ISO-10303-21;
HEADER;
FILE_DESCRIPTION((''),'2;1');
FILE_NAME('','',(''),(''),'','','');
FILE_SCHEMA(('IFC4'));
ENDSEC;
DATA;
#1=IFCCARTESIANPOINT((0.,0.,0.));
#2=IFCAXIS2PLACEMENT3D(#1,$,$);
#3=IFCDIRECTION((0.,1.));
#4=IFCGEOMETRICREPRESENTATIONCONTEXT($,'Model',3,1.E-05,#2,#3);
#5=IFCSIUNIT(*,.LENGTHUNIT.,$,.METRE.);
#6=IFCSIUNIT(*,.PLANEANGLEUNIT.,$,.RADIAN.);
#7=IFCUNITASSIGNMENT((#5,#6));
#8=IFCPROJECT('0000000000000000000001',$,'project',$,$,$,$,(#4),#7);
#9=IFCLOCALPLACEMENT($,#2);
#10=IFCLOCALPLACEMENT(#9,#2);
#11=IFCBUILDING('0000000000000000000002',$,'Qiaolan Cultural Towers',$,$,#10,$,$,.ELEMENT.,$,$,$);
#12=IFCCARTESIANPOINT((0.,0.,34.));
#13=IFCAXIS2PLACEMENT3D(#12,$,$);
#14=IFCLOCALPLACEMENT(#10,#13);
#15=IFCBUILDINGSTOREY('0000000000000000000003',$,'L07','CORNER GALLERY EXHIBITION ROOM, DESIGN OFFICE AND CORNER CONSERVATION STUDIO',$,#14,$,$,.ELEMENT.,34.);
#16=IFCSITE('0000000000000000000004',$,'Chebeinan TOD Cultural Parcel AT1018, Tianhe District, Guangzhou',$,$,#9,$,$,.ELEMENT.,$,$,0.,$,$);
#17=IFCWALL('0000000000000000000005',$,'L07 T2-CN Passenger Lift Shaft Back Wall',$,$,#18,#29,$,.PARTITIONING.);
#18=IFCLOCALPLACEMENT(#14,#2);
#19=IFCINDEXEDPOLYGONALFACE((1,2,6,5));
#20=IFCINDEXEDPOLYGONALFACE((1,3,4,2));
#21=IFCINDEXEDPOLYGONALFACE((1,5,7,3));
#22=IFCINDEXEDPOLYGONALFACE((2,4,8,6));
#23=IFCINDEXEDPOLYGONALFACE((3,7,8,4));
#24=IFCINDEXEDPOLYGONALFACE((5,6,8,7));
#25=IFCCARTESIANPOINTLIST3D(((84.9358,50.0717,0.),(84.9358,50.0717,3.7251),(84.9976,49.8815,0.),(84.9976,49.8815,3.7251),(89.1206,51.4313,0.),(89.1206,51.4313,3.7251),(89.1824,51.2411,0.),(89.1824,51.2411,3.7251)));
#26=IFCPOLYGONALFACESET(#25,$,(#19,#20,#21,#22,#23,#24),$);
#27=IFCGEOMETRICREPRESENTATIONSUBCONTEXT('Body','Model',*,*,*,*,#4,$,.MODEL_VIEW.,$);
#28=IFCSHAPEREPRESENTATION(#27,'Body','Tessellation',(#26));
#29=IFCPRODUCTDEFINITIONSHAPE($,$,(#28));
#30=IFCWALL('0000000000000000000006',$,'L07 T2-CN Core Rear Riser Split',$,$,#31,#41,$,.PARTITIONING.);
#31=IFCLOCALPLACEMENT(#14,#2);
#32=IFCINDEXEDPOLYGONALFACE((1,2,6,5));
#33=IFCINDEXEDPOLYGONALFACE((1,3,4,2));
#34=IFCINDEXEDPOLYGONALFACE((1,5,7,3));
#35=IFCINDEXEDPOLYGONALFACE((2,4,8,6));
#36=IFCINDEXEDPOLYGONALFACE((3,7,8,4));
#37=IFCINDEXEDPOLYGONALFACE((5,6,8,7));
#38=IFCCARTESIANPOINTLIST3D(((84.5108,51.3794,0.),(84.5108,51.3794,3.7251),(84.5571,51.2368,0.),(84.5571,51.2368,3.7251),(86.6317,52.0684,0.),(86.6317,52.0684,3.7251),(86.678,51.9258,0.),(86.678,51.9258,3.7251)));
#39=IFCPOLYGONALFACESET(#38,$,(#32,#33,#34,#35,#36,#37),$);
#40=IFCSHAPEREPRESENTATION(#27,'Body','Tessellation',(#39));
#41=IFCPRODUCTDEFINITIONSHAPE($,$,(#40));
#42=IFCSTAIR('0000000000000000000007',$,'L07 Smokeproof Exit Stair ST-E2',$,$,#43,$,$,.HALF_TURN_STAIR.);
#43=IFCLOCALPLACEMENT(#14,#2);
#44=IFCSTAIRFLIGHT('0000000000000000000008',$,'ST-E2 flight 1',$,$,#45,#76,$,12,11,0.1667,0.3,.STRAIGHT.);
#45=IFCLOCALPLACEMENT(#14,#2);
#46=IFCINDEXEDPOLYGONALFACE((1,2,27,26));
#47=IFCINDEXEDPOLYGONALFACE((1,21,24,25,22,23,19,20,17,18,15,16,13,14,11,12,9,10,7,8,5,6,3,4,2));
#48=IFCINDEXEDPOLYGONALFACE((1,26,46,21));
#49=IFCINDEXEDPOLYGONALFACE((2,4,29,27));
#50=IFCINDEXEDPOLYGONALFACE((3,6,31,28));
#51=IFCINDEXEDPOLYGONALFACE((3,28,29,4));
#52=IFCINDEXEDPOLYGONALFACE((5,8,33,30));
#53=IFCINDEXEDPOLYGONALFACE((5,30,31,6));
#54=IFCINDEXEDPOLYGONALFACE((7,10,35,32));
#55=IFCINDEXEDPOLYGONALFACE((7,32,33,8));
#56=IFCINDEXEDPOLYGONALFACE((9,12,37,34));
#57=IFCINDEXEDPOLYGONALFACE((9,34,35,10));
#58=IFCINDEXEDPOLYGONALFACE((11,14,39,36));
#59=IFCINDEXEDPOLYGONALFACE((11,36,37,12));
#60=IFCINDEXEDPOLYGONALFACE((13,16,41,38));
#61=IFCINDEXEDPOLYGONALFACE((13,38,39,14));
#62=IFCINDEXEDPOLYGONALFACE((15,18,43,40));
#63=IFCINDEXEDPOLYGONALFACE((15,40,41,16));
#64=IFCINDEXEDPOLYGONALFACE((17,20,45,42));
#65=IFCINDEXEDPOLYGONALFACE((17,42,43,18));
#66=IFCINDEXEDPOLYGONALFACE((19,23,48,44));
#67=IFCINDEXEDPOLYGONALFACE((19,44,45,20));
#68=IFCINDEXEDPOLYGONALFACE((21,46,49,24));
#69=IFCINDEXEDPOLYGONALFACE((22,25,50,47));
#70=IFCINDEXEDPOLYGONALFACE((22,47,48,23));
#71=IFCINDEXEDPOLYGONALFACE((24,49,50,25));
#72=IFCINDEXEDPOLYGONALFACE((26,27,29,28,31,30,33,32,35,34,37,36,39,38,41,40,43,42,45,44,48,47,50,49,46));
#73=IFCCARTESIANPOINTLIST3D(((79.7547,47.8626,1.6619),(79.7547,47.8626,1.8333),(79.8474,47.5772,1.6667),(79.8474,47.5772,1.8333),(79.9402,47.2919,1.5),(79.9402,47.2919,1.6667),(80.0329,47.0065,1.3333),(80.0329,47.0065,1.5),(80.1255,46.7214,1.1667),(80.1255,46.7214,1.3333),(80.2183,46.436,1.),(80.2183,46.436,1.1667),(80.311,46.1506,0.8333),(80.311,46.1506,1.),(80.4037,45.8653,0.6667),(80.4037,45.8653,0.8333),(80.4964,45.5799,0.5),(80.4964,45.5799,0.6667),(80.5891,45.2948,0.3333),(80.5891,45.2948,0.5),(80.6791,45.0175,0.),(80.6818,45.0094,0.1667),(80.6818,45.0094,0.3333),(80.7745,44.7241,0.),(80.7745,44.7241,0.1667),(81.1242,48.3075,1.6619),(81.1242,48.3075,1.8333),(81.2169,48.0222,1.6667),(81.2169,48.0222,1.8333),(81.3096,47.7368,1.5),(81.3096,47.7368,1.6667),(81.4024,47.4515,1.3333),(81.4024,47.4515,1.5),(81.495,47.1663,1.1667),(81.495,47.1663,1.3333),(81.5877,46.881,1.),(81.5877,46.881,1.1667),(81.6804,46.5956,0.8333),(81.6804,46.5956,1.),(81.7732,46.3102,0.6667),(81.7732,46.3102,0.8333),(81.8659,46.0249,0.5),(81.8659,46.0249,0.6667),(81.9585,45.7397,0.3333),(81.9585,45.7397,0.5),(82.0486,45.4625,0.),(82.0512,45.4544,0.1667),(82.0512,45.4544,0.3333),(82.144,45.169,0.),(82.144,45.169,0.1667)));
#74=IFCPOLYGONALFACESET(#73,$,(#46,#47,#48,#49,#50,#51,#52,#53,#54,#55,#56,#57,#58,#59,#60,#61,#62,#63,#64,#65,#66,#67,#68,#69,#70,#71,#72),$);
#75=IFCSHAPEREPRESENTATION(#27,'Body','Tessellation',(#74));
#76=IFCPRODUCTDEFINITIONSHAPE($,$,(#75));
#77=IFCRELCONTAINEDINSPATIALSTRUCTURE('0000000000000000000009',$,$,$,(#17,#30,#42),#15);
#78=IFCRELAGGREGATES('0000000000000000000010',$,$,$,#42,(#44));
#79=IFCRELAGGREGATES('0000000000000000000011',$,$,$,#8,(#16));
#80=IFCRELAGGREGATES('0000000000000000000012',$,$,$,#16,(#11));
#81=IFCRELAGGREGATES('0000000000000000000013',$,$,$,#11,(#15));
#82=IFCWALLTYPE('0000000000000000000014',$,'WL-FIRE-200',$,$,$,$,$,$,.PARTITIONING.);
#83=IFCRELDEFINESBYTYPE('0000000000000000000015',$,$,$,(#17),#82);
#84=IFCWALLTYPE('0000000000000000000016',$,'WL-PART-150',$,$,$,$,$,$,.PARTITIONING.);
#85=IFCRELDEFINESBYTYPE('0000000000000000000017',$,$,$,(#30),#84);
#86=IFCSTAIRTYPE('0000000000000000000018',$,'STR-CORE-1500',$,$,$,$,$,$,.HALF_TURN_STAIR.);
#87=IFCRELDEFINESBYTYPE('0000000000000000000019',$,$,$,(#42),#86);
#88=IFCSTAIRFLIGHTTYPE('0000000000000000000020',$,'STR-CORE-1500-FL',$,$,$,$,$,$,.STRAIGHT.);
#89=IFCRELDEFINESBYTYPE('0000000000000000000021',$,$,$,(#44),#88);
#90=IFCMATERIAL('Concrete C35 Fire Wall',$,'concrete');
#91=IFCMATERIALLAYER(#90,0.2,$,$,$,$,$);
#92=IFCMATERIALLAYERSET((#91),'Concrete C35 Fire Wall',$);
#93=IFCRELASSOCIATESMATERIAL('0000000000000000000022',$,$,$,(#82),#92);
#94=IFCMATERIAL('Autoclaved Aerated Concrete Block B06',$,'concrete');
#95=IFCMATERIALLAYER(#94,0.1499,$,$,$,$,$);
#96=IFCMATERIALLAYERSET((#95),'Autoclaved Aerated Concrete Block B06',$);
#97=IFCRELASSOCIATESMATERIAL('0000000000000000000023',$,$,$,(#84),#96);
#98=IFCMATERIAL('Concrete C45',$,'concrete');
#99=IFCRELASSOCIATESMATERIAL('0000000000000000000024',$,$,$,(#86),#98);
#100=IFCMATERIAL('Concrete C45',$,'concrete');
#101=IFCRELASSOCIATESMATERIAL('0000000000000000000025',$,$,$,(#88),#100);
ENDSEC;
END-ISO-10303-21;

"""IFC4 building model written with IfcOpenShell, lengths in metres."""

from ifc_helpers import new_model, si_unit, direction, frame, frame_2d, origin, place, context, subcontext, project, spatial, polyline, rectangle, outline, extrude, material, layer, layer_set, type_object, element, aggregate, save


model = new_model("IFC4")

# Units and contexts
model_context = context("Model", 3, precision=1e-05, world=origin(), true_north=direction((0.0, 1.0)))
body_context = subcontext(model_context, "Body", "Model", "MODEL_VIEW")
ifc_project = project(units=[si_unit("LENGTHUNIT", "METRE"), si_unit("PLANEANGLEUNIT", "RADIAN")], contexts=[model_context])

# Site, building, storey
site_placement = place(None, origin())
site = spatial("IfcSite", under=ifc_project, at=site_placement, Name="Chebeinan TOD Cultural Parcel AT1018, Tianhe District, Guangzhou", CompositionType="ELEMENT", RefElevation=0.0)
building_placement = place(site_placement, origin())
building = spatial("IfcBuilding", under=site, at=building_placement, Name="Qiaolan Cultural Towers", CompositionType="ELEMENT")
storey_placement = place(building_placement, frame((0.0, 0.0, 34.0)))
storey = spatial("IfcBuildingStorey", under=building, at=storey_placement, Name="L07", Description="CORNER GALLERY EXHIBITION ROOM, DESIGN OFFICE AND CORNER CONSERVATION STUDIO", CompositionType="ELEMENT", Elevation=34.0)

# Shared definitions
ifc_material_1 = material(Name="Concrete C35 Fire Wall", Category="concrete")
ifc_layer_1 = layer(ifc_material_1, 0.2)
ifc_layer_set_1 = layer_set([ifc_layer_1], Name="Concrete C35 Fire Wall")
wall_type_1 = type_object("IfcWallType", Name="WL-FIRE-200", PredefinedType="PARTITIONING", material=ifc_layer_set_1)

# Walls
wall_1_placement = place(storey_placement, frame((84.9666, 49.9766, 0.0), z_axis=(0.0, 0.0, 1.0), x_axis=(0.951064, 0.308994, 0.0)))
element("IfcWall", 1, at=wall_1_placement, inside=storey, type_object=wall_type_1, Name="L07 T2-CN Passenger Lift Shaft Back Wall", PredefinedType="PARTITIONING", context=body_context, shape_type="SweptSolid", body=[
    extrude(rectangle(XDim=4.4001, YDim=0.2, at=frame_2d((2.2002, 0.0))), origin(), (0.0, 0.0, 1.0), 3.7251),
])
ifc_material_2 = material(Name="Autoclaved Aerated Concrete Block B06", Category="concrete")
ifc_layer_2 = layer(ifc_material_2, 0.1499)
ifc_layer_set_2 = layer_set([ifc_layer_2], Name="Autoclaved Aerated Concrete Block B06")
wall_type_2 = type_object("IfcWallType", Name="WL-PART-150", PredefinedType="PARTITIONING", material=ifc_layer_set_2)
wall_2_placement = place(storey_placement, frame((84.5339, 51.3081, 0.0), z_axis=(0.0, 0.0, 1.0), x_axis=(0.951075, 0.30896, 0.0)))
element("IfcWall", 2, at=wall_2_placement, inside=storey, type_object=wall_type_2, Name="L07 T2-CN Core Rear Riser Split", PredefinedType="PARTITIONING", context=body_context, shape_type="SweptSolid", body=[
    extrude(rectangle(XDim=2.23, YDim=0.1499, at=frame_2d((1.115, 0.0))), origin(), (0.0, 0.0, 1.0), 3.7251),
])

# Stair, stair flight
ifc_material_3 = material(Name="Concrete C45", Category="concrete")
stair_type = type_object("IfcStairType", Name="STR-CORE-1500", PredefinedType="HALF_TURN_STAIR", material=ifc_material_3)
stair_placement = place(storey_placement, origin())
stair = element("IfcStair", 3, at=stair_placement, inside=storey, type_object=stair_type, Name="L07 Smokeproof Exit Stair ST-E2", PredefinedType="HALF_TURN_STAIR")
ifc_material_4 = material(Name="Concrete C45", Category="concrete")
stair_flight_type = type_object("IfcStairFlightType", Name="STR-CORE-1500-FL", PredefinedType="STRAIGHT", material=ifc_material_4)
stair_flight_placement = place(storey_placement, frame((81.4592, 44.9465, 0.0), z_axis=(0.0, 0.0, 1.0), x_axis=(-0.309017, 0.951057, 0.0)))
stair_flight = element("IfcStairFlight", 4, at=stair_flight_placement, type_object=stair_flight_type, Name="ST-E2 flight 1", NumberOfRisers=12, NumberOfTreads=11, PredefinedType="STRAIGHT", RiserHeight=0.1667, TreadLength=0.3, context=body_context, shape_type="SweptSolid", body=[
    extrude(outline(polyline([(0.0, 0.0), (0.0, 0.1667), (0.3, 0.1667), (0.3, 0.3333), (0.6001, 0.3333), (0.6001, 0.5), (0.8999, 0.5), (0.8999, 0.6667), (1.2, 0.6667), (1.2, 0.8333), (1.5, 0.8333), (1.5, 1.0), (1.8, 1.0), (1.8, 1.1667), (2.1001, 1.1667), (2.1001, 1.3333), (2.3999, 1.3333), (2.3999, 1.5), (2.7, 1.5), (2.7, 1.6667), (3.0, 1.6667), (3.0, 1.8333), (3.3, 1.8333), (3.3, 2.0), (3.3, 1.6619), (0.3086, 0.0), (0.0, 0.0)])), frame((0.0, 0.72, 0.0), z_axis=(0.0, -1.0, 0.0), x_axis=(1.0, 0.0, 0.0)), (0.0, 0.0, 1.0), 1.4399),
])
aggregate(stair, [stair_flight])

save(model, "model.ifc")
